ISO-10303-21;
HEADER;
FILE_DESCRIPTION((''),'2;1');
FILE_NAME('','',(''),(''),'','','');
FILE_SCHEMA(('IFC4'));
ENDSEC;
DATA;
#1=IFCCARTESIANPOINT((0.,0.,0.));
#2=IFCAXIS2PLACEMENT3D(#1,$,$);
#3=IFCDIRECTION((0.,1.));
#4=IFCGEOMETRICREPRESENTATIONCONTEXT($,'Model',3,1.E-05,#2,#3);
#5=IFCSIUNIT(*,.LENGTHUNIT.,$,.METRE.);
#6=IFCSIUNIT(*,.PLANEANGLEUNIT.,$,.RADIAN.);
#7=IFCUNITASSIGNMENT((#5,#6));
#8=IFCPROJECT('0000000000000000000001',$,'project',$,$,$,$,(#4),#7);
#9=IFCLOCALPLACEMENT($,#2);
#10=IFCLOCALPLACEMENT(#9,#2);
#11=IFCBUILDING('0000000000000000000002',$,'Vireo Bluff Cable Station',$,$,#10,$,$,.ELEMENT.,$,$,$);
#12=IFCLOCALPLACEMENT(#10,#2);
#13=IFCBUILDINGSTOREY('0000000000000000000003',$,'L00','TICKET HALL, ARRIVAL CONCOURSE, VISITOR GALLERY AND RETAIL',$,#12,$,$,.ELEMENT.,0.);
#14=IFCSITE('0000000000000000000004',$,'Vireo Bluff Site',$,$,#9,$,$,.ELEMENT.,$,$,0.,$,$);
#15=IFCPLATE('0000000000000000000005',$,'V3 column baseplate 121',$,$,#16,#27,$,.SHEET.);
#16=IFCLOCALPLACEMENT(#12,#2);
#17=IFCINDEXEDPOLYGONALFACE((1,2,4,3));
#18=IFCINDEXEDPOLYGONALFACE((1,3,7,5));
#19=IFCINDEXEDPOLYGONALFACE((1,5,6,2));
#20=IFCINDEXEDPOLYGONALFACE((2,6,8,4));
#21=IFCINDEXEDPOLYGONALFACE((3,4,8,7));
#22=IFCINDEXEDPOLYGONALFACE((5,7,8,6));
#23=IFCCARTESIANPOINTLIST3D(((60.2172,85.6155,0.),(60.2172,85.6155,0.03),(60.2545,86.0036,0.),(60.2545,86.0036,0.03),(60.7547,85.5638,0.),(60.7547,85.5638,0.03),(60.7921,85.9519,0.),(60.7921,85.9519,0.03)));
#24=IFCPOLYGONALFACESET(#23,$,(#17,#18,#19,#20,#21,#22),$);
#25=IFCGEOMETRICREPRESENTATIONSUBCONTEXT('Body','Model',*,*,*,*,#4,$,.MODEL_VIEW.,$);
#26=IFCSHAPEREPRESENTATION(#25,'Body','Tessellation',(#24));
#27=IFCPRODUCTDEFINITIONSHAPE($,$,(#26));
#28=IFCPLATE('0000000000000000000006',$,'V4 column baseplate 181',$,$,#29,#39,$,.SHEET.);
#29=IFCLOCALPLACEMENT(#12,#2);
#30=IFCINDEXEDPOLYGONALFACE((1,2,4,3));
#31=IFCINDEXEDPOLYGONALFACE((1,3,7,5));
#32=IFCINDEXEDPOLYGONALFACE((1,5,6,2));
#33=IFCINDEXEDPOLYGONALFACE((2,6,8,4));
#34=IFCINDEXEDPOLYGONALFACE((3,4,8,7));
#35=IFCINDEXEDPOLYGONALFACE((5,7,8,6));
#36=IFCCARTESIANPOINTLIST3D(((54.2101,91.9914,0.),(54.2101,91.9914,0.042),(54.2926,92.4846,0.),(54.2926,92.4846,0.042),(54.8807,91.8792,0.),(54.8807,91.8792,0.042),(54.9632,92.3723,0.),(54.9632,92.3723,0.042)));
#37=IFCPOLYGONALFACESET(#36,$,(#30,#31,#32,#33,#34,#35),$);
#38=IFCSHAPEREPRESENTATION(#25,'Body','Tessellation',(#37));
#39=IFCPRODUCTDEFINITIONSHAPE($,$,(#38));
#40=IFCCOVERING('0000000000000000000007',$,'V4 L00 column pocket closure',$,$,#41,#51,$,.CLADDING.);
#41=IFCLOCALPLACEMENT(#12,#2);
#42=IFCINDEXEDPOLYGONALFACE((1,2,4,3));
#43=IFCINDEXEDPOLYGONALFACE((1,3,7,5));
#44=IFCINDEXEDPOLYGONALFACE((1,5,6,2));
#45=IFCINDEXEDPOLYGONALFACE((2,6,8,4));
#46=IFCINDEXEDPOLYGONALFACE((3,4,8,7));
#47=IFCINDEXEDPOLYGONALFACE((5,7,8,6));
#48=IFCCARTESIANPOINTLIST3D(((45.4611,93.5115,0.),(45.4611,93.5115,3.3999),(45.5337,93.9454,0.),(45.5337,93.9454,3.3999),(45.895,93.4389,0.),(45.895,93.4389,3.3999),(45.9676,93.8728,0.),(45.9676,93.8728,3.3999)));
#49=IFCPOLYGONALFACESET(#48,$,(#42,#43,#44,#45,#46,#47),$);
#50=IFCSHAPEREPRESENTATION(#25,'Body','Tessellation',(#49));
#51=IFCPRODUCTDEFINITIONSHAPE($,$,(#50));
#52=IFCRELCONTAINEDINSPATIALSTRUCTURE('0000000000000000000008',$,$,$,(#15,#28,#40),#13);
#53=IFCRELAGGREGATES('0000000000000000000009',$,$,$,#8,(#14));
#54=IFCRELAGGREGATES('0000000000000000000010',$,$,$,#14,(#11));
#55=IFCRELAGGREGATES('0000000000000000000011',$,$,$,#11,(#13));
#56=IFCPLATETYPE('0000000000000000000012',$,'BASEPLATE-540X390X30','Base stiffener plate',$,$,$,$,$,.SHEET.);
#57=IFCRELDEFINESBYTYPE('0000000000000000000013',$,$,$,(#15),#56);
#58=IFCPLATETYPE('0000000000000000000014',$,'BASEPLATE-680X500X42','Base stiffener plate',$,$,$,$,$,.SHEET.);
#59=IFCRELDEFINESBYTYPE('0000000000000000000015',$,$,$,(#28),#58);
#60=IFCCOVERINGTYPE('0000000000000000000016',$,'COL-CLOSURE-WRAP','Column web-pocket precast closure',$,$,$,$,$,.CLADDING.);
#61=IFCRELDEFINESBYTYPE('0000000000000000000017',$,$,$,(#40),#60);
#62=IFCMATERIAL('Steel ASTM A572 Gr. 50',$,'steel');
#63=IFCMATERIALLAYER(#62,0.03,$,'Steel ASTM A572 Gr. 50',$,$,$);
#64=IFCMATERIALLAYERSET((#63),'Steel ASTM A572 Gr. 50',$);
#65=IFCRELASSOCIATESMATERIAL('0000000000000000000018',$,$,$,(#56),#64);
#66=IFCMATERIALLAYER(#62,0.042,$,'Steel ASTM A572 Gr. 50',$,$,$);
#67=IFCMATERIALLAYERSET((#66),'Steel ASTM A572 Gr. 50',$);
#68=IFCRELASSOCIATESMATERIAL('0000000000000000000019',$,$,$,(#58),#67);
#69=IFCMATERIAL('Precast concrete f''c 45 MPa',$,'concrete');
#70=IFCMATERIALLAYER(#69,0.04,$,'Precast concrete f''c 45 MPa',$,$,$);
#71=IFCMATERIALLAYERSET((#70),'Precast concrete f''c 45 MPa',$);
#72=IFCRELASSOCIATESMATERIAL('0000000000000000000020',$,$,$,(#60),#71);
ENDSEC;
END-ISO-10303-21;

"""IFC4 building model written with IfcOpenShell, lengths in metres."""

from ifc_helpers import new_model, si_unit, direction, frame, origin, origin_2d, place, context, subcontext, project, spatial, rectangle, extrude, material, layer, layer_set, type_object, element, save


model = new_model("IFC4")

# Units and contexts
model_context = context("Model", 3, precision=1e-05, world=origin(), true_north=direction((0.0, 1.0)))
body_context = subcontext(model_context, "Body", "Model", "MODEL_VIEW")
ifc_project = project(units=[si_unit("LENGTHUNIT", "METRE"), si_unit("PLANEANGLEUNIT", "RADIAN")], contexts=[model_context])

# Site, building, storey
site_placement = place(None, origin())
site = spatial("IfcSite", under=ifc_project, at=site_placement, Name="Vireo Bluff Site", CompositionType="ELEMENT", RefElevation=0.0)
building_placement = place(site_placement, origin())
building = spatial("IfcBuilding", under=site, at=building_placement, Name="Vireo Bluff Cable Station", CompositionType="ELEMENT")
storey_placement = place(building_placement, origin())
storey = spatial("IfcBuildingStorey", under=building, at=storey_placement, Name="L00", Description="TICKET HALL, ARRIVAL CONCOURSE, VISITOR GALLERY AND RETAIL", CompositionType="ELEMENT", Elevation=0.0)

# Plates
ifc_material_1 = material(Name="Steel ASTM A572 Gr. 50", Category="steel")
ifc_layer_1 = layer(ifc_material_1, 0.03, Name="Steel ASTM A572 Gr. 50")
ifc_layer_set_1 = layer_set([ifc_layer_1], Name="Steel ASTM A572 Gr. 50")
plate_type_1 = type_object("IfcPlateType", Name="BASEPLATE-540X390X30", Description="Base stiffener plate", PredefinedType="SHEET", material=ifc_layer_set_1)
plate_1_placement = place(storey_placement, frame((60.5046, 85.7837, 0.0), z_axis=(0.0, 0.0, 1.0), x_axis=(0.995396, -0.095846, 0.0)))
element("IfcPlate", 1, at=plate_1_placement, inside=storey, type_object=plate_type_1, Name="V3 column baseplate 121", PredefinedType="SHEET", context=body_context, shape_type="SweptSolid", body=[
    extrude(rectangle(XDim=0.54, YDim=0.3899, at=origin_2d()), origin(), (0.0, 0.0, 1.0), 0.03),
])
ifc_layer_2 = layer(ifc_material_1, 0.042, Name="Steel ASTM A572 Gr. 50")
ifc_layer_set_2 = layer_set([ifc_layer_2], Name="Steel ASTM A572 Gr. 50")
plate_type_2 = type_object("IfcPlateType", Name="BASEPLATE-680X500X42", Description="Base stiffener plate", PredefinedType="SHEET", material=ifc_layer_set_2)
plate_2_placement = place(storey_placement, frame((54.5867, 92.1819, 0.0), z_axis=(0.0, 0.0, 1.0), x_axis=(0.986286, -0.165048, 0.0)))
element("IfcPlate", 2, at=plate_2_placement, inside=storey, type_object=plate_type_2, Name="V4 column baseplate 181", PredefinedType="SHEET", context=body_context, shape_type="SweptSolid", body=[
    extrude(rectangle(XDim=0.6799, YDim=0.5, at=origin_2d()), origin(), (0.0, 0.0, 1.0), 0.042),
])

# Covering
ifc_material_2 = material(Name="Precast concrete f'c 45 MPa", Category="concrete")
ifc_layer_3 = layer(ifc_material_2, 0.04, Name="Precast concrete f'c 45 MPa")
ifc_layer_set_3 = layer_set([ifc_layer_3], Name="Precast concrete f'c 45 MPa")
covering_type = type_object("IfcCoveringType", Name="COL-CLOSURE-WRAP", Description="Column web-pocket precast closure", PredefinedType="CLADDING", material=ifc_layer_set_3)
covering_placement = place(storey_placement, frame((45.7144, 93.6921, 0.0), z_axis=(0.0, 0.0, 1.0), x_axis=(0.986286, -0.165048, 0.0)))
element("IfcCovering", 3, at=covering_placement, inside=storey, type_object=covering_type, Name="V4 L00 column pocket closure", PredefinedType="CLADDING", context=body_context, shape_type="SweptSolid", body=[
    extrude(rectangle(XDim=0.4399, YDim=0.4399, at=origin_2d()), origin(), (0.0, 0.0, 1.0), 3.3999),
])

save(model, "model.ifc")
